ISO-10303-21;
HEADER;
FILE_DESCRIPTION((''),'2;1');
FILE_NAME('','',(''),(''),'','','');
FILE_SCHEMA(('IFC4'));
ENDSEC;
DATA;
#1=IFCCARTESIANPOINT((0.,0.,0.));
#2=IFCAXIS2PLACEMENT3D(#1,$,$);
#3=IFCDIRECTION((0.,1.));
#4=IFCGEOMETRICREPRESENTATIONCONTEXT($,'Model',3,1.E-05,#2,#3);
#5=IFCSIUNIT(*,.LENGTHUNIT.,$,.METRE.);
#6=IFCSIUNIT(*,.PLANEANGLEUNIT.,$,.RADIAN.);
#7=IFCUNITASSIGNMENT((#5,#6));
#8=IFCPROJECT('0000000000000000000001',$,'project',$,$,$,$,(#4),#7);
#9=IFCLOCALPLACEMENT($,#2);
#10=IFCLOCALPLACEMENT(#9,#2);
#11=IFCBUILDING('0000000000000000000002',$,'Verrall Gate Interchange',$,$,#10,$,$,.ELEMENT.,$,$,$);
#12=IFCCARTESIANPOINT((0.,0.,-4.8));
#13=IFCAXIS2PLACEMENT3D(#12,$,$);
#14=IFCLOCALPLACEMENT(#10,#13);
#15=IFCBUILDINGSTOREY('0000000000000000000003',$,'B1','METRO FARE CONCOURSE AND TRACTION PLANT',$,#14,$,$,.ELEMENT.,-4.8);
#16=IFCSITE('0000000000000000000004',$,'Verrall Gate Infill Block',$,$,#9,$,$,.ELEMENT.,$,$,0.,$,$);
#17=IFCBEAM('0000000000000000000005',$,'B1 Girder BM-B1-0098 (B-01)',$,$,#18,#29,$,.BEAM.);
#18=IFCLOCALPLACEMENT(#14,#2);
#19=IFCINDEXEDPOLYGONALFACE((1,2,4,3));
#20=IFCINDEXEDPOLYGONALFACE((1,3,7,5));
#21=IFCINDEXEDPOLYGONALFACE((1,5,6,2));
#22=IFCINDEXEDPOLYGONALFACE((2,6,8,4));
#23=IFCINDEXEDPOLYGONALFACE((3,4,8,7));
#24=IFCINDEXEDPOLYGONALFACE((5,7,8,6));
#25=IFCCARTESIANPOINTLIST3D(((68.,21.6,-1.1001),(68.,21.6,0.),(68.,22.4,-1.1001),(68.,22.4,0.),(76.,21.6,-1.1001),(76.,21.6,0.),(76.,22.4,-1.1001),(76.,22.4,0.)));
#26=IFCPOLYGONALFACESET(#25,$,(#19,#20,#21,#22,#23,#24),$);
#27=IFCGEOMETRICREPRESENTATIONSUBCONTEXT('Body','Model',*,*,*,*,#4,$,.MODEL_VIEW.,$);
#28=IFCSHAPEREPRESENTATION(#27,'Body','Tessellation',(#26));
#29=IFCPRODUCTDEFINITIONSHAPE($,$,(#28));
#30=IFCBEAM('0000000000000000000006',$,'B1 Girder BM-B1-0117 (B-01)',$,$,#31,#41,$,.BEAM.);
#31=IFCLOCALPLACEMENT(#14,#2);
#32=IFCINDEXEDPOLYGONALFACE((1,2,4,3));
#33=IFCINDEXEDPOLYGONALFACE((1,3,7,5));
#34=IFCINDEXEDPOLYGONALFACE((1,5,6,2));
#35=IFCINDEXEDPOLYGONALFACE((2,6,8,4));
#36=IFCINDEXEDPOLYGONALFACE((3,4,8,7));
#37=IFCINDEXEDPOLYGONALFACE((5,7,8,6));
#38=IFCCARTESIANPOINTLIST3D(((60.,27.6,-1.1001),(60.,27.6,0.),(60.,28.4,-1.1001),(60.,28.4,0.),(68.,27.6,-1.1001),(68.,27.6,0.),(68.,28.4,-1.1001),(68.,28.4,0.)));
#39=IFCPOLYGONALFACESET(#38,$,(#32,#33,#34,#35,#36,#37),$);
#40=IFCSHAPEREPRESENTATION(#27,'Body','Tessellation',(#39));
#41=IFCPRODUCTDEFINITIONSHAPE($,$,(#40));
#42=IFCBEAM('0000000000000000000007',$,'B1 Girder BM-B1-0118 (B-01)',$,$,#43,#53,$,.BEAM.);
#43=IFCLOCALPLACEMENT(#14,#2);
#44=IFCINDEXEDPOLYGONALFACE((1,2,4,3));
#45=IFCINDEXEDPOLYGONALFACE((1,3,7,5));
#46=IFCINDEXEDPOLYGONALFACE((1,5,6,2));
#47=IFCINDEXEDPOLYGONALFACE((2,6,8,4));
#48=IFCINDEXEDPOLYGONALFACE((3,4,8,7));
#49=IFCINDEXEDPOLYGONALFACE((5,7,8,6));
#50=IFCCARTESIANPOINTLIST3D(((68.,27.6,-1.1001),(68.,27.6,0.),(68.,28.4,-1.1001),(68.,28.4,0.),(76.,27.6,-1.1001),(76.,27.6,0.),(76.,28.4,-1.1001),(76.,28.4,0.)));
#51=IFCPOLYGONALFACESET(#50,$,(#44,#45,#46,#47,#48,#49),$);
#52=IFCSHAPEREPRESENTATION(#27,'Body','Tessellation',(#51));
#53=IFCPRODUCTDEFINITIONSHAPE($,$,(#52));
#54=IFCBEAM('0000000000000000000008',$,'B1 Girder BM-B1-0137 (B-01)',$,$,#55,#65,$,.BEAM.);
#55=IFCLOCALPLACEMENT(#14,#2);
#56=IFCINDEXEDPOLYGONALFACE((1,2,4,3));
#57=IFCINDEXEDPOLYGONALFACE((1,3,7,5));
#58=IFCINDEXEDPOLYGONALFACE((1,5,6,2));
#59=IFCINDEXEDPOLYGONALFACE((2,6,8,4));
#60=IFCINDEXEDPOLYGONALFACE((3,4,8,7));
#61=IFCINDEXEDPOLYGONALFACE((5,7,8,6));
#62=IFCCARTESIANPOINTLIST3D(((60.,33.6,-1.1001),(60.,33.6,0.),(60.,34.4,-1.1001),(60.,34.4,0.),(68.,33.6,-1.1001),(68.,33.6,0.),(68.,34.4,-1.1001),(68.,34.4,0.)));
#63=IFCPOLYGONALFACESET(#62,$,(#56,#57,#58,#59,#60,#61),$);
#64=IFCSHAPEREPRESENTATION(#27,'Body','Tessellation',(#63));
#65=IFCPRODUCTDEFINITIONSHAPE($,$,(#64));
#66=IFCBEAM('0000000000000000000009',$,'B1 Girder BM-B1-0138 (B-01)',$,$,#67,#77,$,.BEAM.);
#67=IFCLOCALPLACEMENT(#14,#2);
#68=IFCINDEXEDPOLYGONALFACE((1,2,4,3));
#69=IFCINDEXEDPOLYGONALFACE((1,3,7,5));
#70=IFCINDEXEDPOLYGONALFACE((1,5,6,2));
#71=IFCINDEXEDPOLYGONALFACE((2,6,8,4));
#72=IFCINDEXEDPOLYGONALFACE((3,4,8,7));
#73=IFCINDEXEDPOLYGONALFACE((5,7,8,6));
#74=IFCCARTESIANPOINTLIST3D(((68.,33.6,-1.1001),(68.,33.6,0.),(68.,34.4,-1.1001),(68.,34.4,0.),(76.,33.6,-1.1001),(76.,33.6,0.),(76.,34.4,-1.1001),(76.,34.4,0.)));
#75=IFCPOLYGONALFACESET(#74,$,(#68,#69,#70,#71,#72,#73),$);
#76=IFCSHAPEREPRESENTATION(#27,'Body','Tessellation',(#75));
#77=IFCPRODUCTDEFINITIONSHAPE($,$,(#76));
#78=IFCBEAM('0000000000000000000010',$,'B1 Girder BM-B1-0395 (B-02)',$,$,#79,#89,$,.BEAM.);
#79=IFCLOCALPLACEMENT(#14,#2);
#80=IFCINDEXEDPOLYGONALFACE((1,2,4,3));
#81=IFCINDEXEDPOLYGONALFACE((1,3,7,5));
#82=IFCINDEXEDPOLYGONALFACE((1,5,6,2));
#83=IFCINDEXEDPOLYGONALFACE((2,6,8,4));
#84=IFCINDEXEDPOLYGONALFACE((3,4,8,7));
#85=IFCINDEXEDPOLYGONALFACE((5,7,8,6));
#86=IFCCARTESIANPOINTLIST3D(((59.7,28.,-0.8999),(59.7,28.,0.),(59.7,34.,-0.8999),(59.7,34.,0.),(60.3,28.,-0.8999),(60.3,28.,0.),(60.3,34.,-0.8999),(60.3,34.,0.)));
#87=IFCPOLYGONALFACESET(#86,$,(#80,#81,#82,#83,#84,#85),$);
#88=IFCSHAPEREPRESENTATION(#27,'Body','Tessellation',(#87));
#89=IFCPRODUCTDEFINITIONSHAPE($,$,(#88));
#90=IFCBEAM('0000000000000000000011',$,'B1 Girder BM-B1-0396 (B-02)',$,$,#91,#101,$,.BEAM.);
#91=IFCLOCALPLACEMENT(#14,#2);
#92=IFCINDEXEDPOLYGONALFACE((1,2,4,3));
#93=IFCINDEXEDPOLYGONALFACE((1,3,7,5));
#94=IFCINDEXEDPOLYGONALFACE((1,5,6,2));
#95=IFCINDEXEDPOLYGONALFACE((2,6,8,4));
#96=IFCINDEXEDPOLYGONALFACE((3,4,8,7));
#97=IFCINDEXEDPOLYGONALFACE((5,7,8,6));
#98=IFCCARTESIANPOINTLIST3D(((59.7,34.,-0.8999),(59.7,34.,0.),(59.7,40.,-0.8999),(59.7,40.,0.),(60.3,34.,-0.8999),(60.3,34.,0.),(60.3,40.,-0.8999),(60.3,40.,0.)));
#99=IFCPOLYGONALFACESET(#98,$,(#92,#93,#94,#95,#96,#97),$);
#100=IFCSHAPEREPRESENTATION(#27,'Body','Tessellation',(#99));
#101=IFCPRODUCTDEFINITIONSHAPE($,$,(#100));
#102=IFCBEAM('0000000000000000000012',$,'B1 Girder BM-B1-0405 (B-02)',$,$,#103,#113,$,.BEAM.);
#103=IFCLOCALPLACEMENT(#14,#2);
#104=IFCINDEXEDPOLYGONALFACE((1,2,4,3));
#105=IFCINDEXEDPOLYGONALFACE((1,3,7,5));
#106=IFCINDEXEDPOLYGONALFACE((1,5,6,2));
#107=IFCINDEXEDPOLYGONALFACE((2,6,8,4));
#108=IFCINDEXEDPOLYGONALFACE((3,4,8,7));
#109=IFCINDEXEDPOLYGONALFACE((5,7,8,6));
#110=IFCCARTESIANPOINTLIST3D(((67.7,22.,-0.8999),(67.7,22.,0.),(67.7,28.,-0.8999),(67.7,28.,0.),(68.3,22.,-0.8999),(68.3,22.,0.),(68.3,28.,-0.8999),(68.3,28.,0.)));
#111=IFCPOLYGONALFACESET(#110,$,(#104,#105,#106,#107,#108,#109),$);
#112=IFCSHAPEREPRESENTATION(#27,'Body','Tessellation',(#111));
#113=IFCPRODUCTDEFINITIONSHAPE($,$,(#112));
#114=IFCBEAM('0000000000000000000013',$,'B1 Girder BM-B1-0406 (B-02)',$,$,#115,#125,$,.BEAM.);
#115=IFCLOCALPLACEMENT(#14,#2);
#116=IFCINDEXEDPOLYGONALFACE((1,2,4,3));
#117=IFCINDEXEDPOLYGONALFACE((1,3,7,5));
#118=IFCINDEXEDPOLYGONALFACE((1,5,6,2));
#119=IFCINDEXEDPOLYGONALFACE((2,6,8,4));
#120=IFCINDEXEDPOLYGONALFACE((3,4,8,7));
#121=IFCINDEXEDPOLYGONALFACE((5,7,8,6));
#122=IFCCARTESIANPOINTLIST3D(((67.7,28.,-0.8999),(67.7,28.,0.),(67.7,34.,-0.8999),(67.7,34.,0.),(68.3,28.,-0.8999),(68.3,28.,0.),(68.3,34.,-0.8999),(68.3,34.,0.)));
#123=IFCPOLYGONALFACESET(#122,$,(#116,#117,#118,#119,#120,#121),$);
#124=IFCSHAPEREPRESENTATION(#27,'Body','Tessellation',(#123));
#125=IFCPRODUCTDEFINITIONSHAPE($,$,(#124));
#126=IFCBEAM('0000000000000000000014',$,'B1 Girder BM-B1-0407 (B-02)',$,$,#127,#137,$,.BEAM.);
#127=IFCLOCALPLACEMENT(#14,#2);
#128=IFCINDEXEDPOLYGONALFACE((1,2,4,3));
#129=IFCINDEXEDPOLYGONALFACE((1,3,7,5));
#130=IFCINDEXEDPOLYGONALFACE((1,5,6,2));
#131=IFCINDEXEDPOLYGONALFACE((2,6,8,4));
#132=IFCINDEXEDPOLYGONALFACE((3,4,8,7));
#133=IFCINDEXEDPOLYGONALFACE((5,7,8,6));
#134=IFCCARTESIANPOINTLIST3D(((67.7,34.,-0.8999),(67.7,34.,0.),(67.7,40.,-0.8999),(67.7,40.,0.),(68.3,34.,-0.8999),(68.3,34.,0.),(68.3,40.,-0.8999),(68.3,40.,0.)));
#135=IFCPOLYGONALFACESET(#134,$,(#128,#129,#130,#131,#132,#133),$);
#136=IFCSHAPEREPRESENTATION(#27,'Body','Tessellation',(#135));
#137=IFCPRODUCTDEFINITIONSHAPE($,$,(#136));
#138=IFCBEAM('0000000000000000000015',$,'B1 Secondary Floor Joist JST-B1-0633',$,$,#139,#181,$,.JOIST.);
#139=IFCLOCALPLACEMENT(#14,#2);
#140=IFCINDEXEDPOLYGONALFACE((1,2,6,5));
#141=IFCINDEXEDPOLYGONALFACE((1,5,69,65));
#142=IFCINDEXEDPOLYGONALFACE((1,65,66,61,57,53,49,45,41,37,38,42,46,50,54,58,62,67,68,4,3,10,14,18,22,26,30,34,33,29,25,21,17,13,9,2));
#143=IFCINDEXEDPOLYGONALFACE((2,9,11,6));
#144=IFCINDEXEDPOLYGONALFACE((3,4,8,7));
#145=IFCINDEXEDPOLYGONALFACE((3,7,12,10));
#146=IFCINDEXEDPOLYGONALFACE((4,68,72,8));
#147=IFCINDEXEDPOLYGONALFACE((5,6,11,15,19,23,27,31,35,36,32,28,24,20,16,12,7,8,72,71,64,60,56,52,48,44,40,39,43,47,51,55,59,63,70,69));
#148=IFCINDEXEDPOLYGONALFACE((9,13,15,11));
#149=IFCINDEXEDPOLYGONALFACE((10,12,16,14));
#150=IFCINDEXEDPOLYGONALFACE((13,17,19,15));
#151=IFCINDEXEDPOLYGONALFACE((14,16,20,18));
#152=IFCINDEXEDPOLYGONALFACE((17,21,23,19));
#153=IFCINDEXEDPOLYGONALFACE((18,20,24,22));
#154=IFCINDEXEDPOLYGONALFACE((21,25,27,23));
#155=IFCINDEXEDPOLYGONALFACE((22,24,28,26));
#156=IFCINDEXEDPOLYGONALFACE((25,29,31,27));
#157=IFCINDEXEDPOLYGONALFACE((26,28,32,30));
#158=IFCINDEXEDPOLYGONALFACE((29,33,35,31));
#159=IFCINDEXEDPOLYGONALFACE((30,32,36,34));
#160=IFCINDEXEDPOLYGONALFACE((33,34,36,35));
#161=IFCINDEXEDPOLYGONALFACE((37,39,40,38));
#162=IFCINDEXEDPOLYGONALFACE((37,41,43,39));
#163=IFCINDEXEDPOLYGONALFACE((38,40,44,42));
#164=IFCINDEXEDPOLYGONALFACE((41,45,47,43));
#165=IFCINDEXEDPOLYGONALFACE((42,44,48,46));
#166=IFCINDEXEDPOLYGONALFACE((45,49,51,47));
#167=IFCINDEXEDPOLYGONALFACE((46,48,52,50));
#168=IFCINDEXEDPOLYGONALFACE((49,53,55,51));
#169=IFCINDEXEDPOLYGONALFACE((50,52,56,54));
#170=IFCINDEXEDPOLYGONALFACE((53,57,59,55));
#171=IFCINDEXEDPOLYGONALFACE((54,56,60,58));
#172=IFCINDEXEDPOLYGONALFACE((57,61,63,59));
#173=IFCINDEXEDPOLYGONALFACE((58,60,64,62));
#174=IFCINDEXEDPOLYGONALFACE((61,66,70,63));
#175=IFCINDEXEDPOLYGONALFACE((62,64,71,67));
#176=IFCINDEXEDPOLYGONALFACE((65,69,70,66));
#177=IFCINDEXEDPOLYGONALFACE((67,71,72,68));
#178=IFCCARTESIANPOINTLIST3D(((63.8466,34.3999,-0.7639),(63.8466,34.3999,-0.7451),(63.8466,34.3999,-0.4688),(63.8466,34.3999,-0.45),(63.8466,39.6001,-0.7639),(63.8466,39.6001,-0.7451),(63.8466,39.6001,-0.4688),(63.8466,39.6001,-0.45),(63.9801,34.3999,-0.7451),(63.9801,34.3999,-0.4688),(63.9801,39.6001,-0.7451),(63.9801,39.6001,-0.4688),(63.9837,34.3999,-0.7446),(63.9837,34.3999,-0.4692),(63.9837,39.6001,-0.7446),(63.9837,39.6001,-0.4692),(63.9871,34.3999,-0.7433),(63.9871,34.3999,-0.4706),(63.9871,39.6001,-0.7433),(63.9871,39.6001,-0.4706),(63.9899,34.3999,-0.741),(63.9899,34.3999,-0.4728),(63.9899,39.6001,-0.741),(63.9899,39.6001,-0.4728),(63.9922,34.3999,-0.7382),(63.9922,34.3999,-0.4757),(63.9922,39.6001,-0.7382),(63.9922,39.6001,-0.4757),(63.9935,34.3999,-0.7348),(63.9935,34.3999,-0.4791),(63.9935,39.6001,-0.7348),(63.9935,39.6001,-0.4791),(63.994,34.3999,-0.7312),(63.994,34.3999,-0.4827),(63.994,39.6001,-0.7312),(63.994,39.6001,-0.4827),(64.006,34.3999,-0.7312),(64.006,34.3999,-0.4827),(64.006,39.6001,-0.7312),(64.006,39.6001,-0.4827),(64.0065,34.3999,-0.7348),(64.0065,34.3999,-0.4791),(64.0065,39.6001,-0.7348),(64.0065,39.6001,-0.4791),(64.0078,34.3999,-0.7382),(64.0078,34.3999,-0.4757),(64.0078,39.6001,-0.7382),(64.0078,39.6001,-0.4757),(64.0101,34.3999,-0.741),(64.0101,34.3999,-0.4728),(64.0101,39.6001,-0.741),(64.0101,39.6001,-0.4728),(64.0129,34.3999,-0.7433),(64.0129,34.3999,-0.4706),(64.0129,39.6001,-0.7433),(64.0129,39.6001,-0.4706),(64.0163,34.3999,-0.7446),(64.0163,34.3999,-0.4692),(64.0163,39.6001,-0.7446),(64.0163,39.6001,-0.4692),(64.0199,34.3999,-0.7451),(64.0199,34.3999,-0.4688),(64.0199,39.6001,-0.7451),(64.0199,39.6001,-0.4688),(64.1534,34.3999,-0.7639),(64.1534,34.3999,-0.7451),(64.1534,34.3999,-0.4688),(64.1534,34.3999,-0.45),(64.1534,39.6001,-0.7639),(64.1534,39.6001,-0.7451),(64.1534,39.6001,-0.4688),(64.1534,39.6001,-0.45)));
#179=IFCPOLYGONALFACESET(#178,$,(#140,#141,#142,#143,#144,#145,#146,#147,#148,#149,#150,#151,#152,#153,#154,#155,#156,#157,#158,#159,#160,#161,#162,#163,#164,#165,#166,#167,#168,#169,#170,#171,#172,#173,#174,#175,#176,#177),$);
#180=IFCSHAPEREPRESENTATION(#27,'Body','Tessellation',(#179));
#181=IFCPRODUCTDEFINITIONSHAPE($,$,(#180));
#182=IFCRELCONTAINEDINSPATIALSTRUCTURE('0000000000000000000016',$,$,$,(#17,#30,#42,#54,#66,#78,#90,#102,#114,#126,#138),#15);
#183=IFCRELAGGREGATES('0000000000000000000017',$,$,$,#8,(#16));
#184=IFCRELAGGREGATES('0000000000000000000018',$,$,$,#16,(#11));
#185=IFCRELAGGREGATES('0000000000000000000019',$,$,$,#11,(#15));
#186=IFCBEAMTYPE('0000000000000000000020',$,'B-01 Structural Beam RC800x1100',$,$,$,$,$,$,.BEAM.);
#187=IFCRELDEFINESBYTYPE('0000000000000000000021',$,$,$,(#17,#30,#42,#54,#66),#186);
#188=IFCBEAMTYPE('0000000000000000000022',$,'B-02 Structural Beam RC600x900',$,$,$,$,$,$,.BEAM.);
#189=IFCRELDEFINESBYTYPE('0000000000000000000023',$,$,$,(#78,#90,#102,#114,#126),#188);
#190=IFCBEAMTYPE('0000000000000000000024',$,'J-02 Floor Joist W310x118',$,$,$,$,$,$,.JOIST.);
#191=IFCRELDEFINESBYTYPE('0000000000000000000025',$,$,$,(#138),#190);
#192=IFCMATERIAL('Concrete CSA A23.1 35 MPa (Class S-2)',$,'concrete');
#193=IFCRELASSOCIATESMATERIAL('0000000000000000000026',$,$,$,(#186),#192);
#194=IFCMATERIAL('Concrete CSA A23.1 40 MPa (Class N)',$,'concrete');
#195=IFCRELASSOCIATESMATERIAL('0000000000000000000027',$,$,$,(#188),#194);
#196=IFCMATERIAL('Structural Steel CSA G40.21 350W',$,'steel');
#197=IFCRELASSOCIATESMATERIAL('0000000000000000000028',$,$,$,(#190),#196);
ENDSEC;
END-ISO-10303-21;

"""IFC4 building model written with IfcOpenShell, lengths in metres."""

from ifc_helpers import new_model, si_unit, direction, frame, origin, origin_2d, place, context, subcontext, project, spatial, rectangle, i_section, extrude, material, material_profile, profile_set, type_object, element, save


model = new_model("IFC4")

# Units and contexts
model_context = context("Model", 3, precision=1e-05, world=origin(), true_north=direction((0.0, 1.0)))
body_context = subcontext(model_context, "Body", "Model", "MODEL_VIEW")
ifc_project = project(units=[si_unit("LENGTHUNIT", "METRE"), si_unit("PLANEANGLEUNIT", "RADIAN")], contexts=[model_context])

# Site, building, storey
site_placement = place(None, origin())
site = spatial("IfcSite", under=ifc_project, at=site_placement, Name="Verrall Gate Infill Block", CompositionType="ELEMENT", RefElevation=0.0)
building_placement = place(site_placement, origin())
building = spatial("IfcBuilding", under=site, at=building_placement, Name="Verrall Gate Interchange", CompositionType="ELEMENT")
storey_placement = place(building_placement, frame((0.0, 0.0, -4.8)))
storey = spatial("IfcBuildingStorey", under=building, at=storey_placement, Name="B1", Description="METRO FARE CONCOURSE AND TRACTION PLANT", CompositionType="ELEMENT", Elevation=-4.8)

# Beams
ifc_material_1 = material(Name="Concrete CSA A23.1 35 MPa (Class S-2)", Category="concrete")
ifc_material_profile_1 = material_profile(ifc_material_1, rectangle(XDim=0.8, YDim=1.1001, at=origin_2d()), Name="RC800x1100")
ifc_profile_set_1 = profile_set([ifc_material_profile_1], Name="Concrete CSA A23.1 35 MPa (Class S-2)")
beam_type_1 = type_object("IfcBeamType", Name="B-01 Structural Beam RC800x1100", PredefinedType="BEAM", material=ifc_profile_set_1)
for number, where, z_axis, x_axis, name in (
    (1, (68.0, 22.0, -0.55), (1.0, 0.0, 0.0), (0.0, 1.0, 0.0), "B1 Girder BM-B1-0098 (B-01)"),
    (2, (60.0, 28.0, -0.55), (1.0, 0.0, 0.0), (0.0, 1.0, 0.0), "B1 Girder BM-B1-0117 (B-01)"),
    (3, (68.0, 28.0, -0.55), (1.0, 0.0, 0.0), (0.0, 1.0, 0.0), "B1 Girder BM-B1-0118 (B-01)"),
    (4, (60.0, 34.0, -0.55), (1.0, 0.0, 0.0), (0.0, 1.0, 0.0), "B1 Girder BM-B1-0137 (B-01)"),
    (5, (68.0, 34.0, -0.55), (1.0, 0.0, 0.0), (0.0, 1.0, 0.0), "B1 Girder BM-B1-0138 (B-01)"),
):
    element("IfcBeam", number, at=place(storey_placement, frame(where, z_axis=z_axis, x_axis=x_axis)), inside=storey, type_object=beam_type_1, Name=name, PredefinedType="BEAM", context=body_context, shape_type="SweptSolid", body=[
        extrude(rectangle(XDim=0.8, YDim=1.1001, at=origin_2d()), origin(), (0.0, 0.0, 1.0), 8.0),
    ])
ifc_material_2 = material(Name="Concrete CSA A23.1 40 MPa (Class N)", Category="concrete")
ifc_material_profile_2 = material_profile(ifc_material_2, rectangle(XDim=0.6001, YDim=0.8999, at=origin_2d()), Name="RC600x900")
ifc_profile_set_2 = profile_set([ifc_material_profile_2], Name="Concrete CSA A23.1 40 MPa (Class N)")
beam_type_2 = type_object("IfcBeamType", Name="B-02 Structural Beam RC600x900", PredefinedType="BEAM", material=ifc_profile_set_2)
for number, where, z_axis, x_axis, name in (
    (6, (60.0, 28.0, -0.45), (0.0, 1.0, 0.0), (-1.0, 0.0, 0.0), "B1 Girder BM-B1-0395 (B-02)"),
    (7, (60.0, 34.0, -0.45), (0.0, 1.0, 0.0), (-1.0, 0.0, 0.0), "B1 Girder BM-B1-0396 (B-02)"),
    (8, (68.0, 22.0, -0.45), (0.0, 1.0, 0.0), (-1.0, 0.0, 0.0), "B1 Girder BM-B1-0405 (B-02)"),
    (9, (68.0, 28.0, -0.45), (0.0, 1.0, 0.0), (-1.0, 0.0, 0.0), "B1 Girder BM-B1-0406 (B-02)"),
    (10, (68.0, 34.0, -0.45), (0.0, 1.0, 0.0), (-1.0, 0.0, 0.0), "B1 Girder BM-B1-0407 (B-02)"),
):
    element("IfcBeam", number, at=place(storey_placement, frame(where, z_axis=z_axis, x_axis=x_axis)), inside=storey, type_object=beam_type_2, Name=name, PredefinedType="BEAM", context=body_context, shape_type="SweptSolid", body=[
        extrude(rectangle(XDim=0.6001, YDim=0.8999, at=origin_2d()), origin(), (0.0, 0.0, 1.0), 6.0),
    ])
ifc_material_3 = material(Name="Structural Steel CSA G40.21 350W", Category="steel")
ifc_material_profile_3 = material_profile(ifc_material_3, i_section(OverallWidth=0.3069, OverallDepth=0.314, WebThickness=0.012, FlangeThickness=0.0188, FilletRadius=0.0139, at=origin_2d()), Name="W310x118")
ifc_profile_set_3 = profile_set([ifc_material_profile_3], Name="Structural Steel CSA G40.21 350W")
beam_type_3 = type_object("IfcBeamType", Name="J-02 Floor Joist W310x118", PredefinedType="JOIST", material=ifc_profile_set_3)
beam_1_placement = place(storey_placement, frame((64.0, 34.3999, -0.6069), z_axis=(0.0, 1.0, 0.0), x_axis=(-1.0, 0.0, 0.0)))
element("IfcBeam", 11, at=beam_1_placement, inside=storey, type_object=beam_type_3, Name="B1 Secondary Floor Joist JST-B1-0633", PredefinedType="JOIST", context=body_context, shape_type="SweptSolid", body=[
    extrude(i_section(OverallWidth=0.3069, OverallDepth=0.314, WebThickness=0.012, FlangeThickness=0.0188, FilletRadius=0.0139, at=origin_2d()), origin(), (0.0, 0.0, 1.0), 5.2002),
])

save(model, "model.ifc")
